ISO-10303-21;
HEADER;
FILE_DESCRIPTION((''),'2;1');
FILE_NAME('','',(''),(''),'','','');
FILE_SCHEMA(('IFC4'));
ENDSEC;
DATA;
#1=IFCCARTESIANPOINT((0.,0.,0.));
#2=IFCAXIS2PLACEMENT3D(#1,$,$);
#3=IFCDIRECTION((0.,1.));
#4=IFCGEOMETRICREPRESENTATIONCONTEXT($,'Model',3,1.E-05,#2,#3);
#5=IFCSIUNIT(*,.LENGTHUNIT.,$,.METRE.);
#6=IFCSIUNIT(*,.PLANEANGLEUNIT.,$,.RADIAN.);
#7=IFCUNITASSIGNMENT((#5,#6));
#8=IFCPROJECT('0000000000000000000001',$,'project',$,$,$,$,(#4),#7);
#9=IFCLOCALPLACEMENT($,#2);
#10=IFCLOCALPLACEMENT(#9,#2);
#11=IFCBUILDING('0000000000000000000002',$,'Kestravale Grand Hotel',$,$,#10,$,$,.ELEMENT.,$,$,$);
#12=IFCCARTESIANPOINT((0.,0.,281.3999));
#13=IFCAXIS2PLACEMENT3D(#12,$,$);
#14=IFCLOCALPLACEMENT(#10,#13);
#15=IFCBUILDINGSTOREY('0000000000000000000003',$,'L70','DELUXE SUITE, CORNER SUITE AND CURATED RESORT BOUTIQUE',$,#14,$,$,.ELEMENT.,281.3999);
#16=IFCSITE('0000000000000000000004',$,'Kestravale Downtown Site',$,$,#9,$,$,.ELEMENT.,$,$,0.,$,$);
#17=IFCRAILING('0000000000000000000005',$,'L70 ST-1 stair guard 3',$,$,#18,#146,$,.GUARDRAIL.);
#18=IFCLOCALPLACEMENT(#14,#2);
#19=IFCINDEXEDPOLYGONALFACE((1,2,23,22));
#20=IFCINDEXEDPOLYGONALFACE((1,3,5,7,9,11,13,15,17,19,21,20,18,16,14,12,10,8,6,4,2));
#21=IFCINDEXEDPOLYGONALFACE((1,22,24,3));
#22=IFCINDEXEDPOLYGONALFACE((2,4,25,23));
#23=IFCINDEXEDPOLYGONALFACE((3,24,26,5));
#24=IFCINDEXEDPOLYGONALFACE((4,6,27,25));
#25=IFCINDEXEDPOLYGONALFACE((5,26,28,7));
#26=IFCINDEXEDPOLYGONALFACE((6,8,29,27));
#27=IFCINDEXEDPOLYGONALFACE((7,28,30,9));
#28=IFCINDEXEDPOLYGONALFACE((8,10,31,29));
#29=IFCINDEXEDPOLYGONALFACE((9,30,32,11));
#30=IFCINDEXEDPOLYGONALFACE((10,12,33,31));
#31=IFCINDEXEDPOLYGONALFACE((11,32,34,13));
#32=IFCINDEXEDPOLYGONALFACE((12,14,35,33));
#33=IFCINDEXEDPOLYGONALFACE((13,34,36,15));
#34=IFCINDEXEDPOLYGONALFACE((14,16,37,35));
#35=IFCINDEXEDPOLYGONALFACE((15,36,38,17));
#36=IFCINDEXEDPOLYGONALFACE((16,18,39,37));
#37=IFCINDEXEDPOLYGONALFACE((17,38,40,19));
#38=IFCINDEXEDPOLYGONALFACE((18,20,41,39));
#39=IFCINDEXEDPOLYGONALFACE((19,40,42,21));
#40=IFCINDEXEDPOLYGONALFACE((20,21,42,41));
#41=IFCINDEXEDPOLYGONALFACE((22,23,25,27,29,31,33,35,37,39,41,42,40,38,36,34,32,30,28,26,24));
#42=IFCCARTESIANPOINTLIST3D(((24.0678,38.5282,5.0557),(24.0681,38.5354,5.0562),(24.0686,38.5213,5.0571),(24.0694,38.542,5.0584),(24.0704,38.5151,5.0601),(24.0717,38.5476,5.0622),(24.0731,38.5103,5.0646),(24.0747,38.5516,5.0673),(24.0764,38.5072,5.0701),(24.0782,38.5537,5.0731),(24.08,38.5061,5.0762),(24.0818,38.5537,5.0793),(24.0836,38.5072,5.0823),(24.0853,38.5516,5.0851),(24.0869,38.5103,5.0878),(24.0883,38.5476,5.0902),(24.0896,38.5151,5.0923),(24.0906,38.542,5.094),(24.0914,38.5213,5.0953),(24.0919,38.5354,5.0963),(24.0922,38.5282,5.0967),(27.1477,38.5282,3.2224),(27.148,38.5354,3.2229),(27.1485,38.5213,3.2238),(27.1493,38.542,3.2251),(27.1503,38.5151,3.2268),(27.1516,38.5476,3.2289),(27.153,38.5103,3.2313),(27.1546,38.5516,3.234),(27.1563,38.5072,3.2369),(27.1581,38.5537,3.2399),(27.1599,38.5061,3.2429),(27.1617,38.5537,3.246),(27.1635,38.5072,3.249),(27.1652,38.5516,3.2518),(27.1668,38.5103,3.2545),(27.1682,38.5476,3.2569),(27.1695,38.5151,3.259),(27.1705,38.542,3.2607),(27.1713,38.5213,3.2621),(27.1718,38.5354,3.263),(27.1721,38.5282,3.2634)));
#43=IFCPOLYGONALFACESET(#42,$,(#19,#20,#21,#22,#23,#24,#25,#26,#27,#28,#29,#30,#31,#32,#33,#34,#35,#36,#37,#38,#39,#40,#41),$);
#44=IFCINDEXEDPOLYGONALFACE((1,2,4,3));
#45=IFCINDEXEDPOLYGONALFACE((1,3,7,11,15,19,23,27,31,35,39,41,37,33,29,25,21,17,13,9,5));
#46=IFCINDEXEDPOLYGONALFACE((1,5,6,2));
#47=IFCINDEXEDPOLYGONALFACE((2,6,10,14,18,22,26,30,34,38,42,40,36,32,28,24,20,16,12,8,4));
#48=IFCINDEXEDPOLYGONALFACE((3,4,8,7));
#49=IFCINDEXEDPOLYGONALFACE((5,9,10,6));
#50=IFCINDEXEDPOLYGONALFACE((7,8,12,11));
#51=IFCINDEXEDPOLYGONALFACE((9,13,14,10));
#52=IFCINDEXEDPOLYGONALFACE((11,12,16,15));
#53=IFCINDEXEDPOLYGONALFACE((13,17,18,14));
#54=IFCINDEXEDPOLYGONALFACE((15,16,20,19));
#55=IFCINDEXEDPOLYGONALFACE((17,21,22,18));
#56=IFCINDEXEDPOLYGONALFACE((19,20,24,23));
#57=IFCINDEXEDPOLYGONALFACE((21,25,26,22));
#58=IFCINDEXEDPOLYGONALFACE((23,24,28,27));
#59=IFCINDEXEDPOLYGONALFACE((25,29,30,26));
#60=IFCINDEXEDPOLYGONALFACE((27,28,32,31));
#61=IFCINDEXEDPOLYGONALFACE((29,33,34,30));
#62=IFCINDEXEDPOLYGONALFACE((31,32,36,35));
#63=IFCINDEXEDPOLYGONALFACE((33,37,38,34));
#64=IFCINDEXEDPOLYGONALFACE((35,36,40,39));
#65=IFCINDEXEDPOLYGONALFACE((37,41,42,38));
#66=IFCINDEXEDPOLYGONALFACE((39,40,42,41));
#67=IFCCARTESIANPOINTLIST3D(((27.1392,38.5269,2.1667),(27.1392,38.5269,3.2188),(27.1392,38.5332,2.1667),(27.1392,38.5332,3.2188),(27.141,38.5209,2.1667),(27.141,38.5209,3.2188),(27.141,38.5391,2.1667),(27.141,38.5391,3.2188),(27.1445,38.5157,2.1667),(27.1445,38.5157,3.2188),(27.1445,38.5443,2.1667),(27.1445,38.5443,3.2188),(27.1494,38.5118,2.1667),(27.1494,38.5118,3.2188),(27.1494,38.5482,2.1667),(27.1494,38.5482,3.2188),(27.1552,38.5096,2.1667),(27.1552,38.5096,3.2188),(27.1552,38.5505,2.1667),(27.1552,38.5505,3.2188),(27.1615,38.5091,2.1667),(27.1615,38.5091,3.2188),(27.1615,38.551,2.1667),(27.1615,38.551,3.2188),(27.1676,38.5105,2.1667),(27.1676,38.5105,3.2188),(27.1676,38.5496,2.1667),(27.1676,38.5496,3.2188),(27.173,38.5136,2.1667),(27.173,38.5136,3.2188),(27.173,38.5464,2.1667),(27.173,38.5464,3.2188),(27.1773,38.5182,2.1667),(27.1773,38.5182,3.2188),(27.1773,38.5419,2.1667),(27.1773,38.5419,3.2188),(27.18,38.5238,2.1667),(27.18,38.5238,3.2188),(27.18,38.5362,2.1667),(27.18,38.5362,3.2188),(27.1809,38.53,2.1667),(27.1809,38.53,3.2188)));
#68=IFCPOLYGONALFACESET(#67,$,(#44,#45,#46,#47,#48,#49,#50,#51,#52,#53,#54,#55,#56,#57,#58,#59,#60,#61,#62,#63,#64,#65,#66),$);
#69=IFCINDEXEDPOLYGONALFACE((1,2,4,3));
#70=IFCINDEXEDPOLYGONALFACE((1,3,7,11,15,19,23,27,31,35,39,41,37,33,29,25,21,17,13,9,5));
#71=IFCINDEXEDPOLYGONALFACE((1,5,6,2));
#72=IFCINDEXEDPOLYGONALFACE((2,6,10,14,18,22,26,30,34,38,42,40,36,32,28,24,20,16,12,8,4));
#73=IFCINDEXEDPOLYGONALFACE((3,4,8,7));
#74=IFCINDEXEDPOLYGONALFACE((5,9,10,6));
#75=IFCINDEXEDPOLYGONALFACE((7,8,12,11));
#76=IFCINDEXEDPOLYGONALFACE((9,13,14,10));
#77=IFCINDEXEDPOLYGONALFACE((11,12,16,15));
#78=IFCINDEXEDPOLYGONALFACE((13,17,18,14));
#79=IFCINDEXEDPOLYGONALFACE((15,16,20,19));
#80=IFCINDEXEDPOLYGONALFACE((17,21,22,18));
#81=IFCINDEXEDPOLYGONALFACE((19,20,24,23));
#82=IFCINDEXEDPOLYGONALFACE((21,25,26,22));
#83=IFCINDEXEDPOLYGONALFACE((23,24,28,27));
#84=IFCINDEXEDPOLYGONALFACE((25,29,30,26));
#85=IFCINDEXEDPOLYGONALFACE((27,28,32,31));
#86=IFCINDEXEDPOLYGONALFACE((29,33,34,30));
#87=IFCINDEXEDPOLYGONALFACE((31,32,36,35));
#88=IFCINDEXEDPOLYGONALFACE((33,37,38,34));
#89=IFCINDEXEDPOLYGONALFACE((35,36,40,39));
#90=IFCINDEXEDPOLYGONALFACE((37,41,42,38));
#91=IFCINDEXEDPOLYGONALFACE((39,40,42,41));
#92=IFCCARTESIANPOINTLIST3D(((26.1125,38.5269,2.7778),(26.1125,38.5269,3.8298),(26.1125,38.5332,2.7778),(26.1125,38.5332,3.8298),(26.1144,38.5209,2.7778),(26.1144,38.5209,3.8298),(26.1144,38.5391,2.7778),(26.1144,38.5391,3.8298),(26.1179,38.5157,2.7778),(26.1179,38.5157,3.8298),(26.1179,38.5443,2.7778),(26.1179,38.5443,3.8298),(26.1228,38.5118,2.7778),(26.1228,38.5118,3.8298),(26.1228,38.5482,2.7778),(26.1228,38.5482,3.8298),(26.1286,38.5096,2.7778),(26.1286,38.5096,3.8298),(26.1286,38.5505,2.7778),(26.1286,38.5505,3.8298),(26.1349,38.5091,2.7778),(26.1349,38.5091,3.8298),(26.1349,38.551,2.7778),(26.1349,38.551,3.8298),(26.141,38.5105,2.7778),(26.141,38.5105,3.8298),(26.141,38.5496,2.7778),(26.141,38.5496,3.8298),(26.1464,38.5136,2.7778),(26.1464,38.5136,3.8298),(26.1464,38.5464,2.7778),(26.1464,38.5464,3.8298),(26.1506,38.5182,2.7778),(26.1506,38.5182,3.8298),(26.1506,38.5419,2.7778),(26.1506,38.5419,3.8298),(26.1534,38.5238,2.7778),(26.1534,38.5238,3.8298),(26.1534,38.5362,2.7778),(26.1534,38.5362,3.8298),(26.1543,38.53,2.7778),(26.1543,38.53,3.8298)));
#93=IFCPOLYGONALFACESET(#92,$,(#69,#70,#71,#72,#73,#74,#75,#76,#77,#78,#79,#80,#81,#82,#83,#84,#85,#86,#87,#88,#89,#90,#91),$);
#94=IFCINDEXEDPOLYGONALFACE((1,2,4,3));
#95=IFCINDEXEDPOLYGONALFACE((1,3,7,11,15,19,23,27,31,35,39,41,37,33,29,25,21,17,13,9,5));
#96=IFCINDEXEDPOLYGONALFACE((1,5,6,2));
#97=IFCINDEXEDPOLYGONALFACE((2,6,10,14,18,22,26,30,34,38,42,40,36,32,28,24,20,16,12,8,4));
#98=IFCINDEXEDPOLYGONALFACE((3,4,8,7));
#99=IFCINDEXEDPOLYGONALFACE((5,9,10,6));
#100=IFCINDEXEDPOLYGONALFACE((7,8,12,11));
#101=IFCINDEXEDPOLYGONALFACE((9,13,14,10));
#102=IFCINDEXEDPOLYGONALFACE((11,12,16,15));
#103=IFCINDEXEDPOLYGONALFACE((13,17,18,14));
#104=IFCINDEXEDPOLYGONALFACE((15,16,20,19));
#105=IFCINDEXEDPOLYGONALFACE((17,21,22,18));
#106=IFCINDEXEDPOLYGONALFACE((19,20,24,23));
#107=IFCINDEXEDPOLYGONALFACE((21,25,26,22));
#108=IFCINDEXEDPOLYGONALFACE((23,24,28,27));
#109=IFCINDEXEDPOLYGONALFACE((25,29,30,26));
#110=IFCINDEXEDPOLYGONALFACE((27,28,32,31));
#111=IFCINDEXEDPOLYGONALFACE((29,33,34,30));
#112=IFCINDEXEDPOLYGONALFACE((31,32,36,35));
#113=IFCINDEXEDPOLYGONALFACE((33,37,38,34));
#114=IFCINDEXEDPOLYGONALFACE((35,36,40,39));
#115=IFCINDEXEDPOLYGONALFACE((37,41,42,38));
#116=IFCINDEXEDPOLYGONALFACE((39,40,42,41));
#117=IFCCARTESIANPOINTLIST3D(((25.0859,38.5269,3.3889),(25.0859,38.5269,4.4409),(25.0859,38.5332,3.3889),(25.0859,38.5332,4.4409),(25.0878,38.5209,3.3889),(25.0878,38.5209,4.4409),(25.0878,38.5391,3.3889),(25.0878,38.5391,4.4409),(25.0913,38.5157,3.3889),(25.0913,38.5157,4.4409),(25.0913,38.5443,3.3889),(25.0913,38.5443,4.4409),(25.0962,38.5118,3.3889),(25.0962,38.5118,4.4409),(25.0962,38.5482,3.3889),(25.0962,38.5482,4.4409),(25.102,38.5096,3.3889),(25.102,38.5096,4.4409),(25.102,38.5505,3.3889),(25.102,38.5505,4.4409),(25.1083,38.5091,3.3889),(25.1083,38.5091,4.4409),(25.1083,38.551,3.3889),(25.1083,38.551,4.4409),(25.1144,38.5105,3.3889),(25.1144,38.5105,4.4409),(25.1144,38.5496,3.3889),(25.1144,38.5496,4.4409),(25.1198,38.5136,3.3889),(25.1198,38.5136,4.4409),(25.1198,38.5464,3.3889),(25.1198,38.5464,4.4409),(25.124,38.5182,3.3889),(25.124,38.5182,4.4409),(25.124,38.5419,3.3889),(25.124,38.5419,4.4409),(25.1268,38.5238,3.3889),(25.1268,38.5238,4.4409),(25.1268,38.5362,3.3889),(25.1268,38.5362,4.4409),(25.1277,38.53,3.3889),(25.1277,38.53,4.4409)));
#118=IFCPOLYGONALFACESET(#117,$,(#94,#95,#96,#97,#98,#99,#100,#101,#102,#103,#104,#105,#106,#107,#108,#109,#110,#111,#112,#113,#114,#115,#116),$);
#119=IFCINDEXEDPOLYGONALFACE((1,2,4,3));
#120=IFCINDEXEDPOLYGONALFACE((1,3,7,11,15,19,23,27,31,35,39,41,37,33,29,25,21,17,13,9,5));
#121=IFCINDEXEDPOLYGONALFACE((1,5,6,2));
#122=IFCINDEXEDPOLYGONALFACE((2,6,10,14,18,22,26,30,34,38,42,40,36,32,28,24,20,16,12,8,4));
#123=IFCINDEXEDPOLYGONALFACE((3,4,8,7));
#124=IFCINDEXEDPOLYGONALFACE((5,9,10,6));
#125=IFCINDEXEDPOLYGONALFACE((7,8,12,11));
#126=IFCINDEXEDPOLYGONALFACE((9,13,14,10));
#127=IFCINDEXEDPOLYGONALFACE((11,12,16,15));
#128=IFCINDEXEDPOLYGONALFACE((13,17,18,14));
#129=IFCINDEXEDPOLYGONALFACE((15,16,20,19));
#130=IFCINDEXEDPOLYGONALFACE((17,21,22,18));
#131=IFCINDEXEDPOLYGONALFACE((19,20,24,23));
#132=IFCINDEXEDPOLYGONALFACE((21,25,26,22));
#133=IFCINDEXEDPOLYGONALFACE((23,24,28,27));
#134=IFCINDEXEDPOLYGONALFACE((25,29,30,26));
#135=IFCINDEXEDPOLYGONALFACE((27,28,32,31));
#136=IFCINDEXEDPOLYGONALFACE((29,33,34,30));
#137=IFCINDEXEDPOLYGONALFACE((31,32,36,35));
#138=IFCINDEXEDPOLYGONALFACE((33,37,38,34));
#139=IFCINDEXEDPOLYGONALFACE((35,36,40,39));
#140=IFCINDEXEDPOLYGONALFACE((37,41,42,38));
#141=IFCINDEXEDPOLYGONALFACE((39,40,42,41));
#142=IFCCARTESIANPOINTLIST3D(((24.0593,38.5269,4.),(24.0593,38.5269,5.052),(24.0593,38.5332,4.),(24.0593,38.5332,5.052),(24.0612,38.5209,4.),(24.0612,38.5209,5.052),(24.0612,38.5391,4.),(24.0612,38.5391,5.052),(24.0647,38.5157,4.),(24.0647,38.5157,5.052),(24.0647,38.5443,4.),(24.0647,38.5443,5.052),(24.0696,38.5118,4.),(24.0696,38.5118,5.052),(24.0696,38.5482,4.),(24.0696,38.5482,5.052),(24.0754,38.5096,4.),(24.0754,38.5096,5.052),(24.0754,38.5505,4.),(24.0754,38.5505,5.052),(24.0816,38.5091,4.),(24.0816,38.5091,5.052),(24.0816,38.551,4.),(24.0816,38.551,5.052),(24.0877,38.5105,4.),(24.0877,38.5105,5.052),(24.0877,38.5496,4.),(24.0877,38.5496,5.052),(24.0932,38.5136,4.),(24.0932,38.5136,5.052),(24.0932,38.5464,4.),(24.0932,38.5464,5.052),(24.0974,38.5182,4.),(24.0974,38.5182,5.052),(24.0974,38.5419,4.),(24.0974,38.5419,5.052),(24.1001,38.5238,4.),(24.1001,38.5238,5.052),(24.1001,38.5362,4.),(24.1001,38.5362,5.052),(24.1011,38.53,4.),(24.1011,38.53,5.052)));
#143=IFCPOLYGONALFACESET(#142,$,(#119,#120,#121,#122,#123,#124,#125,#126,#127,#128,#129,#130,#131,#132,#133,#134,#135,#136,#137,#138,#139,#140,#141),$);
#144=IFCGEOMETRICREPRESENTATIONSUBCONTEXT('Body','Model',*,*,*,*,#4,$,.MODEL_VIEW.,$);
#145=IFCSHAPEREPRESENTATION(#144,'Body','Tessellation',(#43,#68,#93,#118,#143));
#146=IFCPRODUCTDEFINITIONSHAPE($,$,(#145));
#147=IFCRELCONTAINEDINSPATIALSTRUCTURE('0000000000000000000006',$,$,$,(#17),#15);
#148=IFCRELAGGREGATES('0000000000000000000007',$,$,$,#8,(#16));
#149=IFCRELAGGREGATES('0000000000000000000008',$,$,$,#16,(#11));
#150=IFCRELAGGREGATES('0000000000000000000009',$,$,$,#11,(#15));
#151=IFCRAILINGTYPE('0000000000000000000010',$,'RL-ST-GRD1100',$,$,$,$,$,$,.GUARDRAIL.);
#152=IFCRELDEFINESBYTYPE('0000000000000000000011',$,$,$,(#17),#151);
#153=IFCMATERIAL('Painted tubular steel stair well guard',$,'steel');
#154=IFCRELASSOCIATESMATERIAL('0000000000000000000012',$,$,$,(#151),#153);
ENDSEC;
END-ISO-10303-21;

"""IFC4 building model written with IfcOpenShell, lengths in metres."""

from ifc_helpers import new_model, si_unit, direction, frame, origin, origin_2d, place, context, subcontext, project, spatial, circle, extrude, material, type_object, element, save


model = new_model("IFC4")

# Units and contexts
model_context = context("Model", 3, precision=1e-05, world=origin(), true_north=direction((0.0, 1.0)))
body_context = subcontext(model_context, "Body", "Model", "MODEL_VIEW")
ifc_project = project(units=[si_unit("LENGTHUNIT", "METRE"), si_unit("PLANEANGLEUNIT", "RADIAN")], contexts=[model_context])

# Site, building, storey
site_placement = place(None, origin())
site = spatial("IfcSite", under=ifc_project, at=site_placement, Name="Kestravale Downtown Site", CompositionType="ELEMENT", RefElevation=0.0)
building_placement = place(site_placement, origin())
building = spatial("IfcBuilding", under=site, at=building_placement, Name="Kestravale Grand Hotel", CompositionType="ELEMENT")
storey_placement = place(building_placement, frame((0.0, 0.0, 281.3999)))
storey = spatial("IfcBuildingStorey", under=building, at=storey_placement, Name="L70", Description="DELUXE SUITE, CORNER SUITE AND CURATED RESORT BOUTIQUE", CompositionType="ELEMENT", Elevation=281.3999)

# Railing
ifc_material_1 = material(Name="Painted tubular steel stair well guard", Category="steel")
railing_type_1 = type_object("IfcRailingType", Name="RL-ST-GRD1100", PredefinedType="GUARDRAIL", material=ifc_material_1)
railing_1_placement = place(storey_placement, frame((27.1599, 38.53, 2.1667)))
element("IfcRailing", 1, at=railing_1_placement, inside=storey, type_object=railing_type_1, Name="L70 ST-1 stair guard 3", PredefinedType="GUARDRAIL", context=body_context, shape_type="SweptSolid", body=[
    extrude(circle(Radius=0.0239, at=origin_2d()), frame((0.0, 0.0, 1.0762), z_axis=(-0.859291, 0.0, 0.511487), x_axis=(0.0, -1.0, 0.0)), (0.0, 0.0, 1.0), 3.5842),
    extrude(circle(Radius=0.021, at=origin_2d()), origin(), (0.0, 0.0, 1.0), 1.052),
    extrude(circle(Radius=0.021, at=origin_2d()), frame((-1.0266, 0.0, 0.6111)), (0.0, 0.0, 1.0), 1.052),
    extrude(circle(Radius=0.021, at=origin_2d()), frame((-2.0532, 0.0, 1.2222)), (0.0, 0.0, 1.0), 1.052),
    extrude(circle(Radius=0.021, at=origin_2d()), frame((-3.0798, 0.0, 1.8333)), (0.0, 0.0, 1.0), 1.052),
])

save(model, "model.ifc")
